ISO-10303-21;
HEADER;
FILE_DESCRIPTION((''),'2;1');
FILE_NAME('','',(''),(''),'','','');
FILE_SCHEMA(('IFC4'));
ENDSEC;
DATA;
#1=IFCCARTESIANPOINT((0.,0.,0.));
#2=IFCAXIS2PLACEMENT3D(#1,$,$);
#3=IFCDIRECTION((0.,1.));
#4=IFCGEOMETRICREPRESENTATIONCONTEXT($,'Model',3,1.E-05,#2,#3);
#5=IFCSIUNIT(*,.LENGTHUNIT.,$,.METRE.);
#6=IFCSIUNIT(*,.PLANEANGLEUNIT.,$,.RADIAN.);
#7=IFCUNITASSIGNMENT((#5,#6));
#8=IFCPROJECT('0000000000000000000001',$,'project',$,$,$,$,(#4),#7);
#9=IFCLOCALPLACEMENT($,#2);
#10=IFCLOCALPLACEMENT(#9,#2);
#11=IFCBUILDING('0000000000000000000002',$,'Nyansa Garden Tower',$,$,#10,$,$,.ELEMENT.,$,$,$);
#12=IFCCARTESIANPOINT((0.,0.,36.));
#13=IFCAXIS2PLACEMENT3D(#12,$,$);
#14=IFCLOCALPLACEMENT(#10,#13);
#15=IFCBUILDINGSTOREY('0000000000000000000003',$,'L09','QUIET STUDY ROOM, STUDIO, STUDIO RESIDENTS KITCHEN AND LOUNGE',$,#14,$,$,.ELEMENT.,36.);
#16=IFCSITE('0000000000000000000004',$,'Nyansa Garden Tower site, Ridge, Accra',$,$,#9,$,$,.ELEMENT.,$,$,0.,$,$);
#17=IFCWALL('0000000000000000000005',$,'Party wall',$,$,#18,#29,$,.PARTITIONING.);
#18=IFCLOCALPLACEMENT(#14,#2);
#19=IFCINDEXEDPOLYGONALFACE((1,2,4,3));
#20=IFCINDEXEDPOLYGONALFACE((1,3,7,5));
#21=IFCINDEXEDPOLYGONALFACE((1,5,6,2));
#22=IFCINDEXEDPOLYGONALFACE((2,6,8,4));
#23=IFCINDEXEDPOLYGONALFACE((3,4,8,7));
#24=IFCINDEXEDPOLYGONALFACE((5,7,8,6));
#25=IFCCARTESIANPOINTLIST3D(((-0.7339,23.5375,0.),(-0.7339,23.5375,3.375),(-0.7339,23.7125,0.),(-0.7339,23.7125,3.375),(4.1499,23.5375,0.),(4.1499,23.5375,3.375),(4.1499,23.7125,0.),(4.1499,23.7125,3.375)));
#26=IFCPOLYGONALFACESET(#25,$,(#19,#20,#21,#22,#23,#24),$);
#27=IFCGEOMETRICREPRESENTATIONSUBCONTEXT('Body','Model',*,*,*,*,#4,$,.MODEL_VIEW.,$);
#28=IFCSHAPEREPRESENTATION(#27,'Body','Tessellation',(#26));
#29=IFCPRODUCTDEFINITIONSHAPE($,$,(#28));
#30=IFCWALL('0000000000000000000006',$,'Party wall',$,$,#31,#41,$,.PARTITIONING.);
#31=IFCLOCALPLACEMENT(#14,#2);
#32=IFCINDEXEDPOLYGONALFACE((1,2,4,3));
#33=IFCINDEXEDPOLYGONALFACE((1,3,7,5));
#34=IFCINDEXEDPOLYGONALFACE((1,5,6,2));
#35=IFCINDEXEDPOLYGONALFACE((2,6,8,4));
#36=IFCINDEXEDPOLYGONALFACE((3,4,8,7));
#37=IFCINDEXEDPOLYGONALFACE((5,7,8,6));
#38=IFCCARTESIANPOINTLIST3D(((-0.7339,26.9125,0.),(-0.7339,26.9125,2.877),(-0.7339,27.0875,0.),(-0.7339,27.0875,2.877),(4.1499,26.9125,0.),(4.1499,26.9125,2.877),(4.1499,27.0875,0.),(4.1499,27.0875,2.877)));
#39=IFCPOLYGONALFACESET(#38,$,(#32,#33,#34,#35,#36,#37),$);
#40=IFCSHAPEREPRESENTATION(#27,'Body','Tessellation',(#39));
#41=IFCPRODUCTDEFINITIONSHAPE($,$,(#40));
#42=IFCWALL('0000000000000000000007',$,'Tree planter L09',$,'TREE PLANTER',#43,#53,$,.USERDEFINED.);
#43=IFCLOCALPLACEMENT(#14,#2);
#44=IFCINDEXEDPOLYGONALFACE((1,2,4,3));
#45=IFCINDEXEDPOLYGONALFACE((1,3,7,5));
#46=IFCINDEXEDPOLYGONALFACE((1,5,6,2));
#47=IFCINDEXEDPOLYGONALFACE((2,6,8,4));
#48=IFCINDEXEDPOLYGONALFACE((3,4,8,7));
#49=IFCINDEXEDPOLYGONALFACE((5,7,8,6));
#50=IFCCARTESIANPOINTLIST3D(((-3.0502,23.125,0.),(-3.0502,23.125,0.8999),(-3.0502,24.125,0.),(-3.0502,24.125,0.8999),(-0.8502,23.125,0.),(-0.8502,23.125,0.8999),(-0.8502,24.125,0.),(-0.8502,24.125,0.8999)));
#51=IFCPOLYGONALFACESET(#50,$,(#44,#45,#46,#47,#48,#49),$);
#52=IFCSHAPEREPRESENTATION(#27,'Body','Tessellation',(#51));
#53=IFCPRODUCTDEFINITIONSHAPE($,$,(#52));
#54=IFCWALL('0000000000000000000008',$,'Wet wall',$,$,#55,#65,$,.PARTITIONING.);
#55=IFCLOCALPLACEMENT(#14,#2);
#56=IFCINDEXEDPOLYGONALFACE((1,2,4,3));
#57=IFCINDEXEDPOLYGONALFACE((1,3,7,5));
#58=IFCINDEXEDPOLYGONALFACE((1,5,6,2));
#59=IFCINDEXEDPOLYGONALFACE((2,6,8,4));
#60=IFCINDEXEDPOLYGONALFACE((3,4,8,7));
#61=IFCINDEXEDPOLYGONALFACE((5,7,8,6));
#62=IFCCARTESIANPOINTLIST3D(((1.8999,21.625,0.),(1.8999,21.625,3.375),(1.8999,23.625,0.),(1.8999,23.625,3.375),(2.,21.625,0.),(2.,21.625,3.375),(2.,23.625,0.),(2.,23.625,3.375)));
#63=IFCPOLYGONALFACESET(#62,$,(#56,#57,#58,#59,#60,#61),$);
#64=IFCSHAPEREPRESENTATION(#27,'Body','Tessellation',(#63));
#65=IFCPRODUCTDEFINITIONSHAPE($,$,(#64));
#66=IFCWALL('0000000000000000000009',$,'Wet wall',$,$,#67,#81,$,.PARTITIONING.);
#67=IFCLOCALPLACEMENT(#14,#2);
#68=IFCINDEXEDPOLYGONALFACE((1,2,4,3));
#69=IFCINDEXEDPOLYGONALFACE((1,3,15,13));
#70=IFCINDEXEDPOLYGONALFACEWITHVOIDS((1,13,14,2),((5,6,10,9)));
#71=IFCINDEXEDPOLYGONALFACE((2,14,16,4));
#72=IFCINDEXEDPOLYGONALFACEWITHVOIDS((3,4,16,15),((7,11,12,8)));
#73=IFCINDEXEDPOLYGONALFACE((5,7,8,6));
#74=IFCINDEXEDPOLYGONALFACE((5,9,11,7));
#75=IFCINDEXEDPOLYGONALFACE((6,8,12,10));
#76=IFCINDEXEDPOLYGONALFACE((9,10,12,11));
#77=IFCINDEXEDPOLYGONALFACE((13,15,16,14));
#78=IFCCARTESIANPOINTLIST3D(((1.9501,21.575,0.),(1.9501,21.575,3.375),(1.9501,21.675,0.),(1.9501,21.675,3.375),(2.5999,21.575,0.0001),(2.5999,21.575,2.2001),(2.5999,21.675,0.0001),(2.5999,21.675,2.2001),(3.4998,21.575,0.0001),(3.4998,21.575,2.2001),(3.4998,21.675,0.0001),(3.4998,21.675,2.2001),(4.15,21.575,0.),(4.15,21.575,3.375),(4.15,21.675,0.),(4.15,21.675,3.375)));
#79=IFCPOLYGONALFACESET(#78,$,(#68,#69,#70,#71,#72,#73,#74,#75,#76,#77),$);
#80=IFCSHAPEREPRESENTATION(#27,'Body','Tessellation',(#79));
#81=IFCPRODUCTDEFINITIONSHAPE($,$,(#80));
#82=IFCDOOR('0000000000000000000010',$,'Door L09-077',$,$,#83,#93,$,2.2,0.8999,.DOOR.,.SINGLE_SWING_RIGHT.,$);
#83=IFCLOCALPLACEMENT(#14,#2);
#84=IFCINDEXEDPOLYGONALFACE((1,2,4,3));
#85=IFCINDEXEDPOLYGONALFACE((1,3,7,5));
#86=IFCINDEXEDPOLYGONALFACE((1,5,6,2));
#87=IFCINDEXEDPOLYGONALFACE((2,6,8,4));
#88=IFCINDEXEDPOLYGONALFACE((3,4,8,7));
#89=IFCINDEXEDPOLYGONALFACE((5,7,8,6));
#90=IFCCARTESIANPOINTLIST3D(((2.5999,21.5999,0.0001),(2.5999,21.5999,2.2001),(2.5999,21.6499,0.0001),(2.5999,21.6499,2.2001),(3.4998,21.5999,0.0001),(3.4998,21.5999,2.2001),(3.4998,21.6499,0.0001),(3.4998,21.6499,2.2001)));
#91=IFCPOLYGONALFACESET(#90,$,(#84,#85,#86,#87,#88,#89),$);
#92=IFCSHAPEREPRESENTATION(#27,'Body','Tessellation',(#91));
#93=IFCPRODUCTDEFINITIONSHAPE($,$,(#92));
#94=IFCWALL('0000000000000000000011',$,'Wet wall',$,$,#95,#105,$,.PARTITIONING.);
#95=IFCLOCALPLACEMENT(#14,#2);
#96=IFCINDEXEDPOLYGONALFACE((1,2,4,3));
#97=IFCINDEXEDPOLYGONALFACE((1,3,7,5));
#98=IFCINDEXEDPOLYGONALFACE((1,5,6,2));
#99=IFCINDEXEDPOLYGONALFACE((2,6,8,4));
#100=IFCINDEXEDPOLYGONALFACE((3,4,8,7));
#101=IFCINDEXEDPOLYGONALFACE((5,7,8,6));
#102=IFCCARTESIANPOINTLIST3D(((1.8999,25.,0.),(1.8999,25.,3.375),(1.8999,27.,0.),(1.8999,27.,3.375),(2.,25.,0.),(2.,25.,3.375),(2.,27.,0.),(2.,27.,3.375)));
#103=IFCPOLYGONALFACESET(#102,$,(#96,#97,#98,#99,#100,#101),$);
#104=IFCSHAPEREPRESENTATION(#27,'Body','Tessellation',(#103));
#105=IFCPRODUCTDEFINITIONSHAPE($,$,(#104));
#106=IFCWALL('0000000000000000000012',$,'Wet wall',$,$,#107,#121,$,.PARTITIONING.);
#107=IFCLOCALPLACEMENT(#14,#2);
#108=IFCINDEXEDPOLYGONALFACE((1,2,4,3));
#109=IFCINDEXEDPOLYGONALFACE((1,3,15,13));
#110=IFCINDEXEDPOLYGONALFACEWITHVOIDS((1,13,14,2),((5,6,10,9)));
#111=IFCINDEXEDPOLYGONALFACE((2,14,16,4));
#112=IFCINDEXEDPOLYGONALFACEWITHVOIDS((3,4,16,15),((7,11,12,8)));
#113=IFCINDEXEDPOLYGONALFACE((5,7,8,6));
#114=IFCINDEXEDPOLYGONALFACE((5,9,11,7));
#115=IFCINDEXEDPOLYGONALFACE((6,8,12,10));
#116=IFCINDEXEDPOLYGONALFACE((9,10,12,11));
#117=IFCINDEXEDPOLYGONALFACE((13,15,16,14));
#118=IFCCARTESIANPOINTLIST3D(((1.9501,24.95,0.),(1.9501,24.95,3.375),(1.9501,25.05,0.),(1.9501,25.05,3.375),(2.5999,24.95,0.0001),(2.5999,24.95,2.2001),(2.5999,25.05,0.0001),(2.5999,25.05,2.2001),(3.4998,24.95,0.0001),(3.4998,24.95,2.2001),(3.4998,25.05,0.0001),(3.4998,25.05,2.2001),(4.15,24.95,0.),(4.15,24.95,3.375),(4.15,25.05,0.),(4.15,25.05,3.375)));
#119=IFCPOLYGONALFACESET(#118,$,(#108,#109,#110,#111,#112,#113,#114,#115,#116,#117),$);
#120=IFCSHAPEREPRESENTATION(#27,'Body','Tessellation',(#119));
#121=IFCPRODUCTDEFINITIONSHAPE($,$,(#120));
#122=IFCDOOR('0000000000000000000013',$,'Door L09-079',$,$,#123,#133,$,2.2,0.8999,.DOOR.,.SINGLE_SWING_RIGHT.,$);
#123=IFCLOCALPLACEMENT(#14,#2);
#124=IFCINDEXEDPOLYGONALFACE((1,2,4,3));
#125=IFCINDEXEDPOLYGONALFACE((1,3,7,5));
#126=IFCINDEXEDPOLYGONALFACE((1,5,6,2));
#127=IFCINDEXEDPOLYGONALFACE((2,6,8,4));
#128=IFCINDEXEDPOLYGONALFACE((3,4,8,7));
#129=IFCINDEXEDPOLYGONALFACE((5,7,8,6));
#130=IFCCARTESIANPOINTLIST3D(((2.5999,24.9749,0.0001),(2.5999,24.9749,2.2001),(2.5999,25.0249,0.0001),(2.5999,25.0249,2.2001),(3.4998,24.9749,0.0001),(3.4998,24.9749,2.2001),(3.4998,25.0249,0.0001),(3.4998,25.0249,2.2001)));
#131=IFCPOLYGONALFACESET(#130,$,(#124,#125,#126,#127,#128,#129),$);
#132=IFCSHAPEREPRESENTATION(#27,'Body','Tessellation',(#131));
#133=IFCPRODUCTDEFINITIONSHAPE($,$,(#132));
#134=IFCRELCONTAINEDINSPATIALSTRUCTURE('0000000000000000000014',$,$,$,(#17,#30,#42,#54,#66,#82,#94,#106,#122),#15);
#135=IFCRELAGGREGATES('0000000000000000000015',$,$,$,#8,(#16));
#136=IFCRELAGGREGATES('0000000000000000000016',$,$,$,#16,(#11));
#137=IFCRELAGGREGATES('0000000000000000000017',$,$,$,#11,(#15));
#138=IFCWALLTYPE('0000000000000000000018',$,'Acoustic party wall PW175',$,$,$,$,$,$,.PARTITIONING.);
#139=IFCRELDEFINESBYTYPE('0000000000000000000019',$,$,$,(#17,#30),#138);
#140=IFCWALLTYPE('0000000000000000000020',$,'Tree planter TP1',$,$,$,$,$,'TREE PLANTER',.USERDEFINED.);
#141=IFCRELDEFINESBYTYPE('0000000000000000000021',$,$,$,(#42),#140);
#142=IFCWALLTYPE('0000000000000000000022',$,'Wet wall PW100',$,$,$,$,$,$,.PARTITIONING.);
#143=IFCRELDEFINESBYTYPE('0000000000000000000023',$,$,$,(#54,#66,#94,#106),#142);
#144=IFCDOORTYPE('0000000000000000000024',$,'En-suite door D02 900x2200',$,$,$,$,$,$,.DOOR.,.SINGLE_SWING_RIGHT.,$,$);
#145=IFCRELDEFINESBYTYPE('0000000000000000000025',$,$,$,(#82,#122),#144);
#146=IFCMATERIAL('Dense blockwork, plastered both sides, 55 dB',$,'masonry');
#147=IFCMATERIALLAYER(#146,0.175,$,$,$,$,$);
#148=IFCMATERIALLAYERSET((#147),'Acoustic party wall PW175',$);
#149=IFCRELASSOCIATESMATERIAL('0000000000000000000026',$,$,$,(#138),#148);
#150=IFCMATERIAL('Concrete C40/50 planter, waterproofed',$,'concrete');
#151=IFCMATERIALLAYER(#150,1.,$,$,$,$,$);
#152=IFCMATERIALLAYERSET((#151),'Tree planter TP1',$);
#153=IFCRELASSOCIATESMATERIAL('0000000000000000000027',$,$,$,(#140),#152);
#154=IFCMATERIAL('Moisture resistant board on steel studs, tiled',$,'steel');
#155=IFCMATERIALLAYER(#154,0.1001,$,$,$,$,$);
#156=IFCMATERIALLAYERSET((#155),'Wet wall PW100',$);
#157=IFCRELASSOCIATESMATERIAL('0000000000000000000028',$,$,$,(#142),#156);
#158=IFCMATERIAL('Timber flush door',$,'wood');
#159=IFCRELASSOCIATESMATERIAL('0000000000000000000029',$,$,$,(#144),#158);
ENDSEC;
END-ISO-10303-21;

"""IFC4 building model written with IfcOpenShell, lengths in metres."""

from ifc_helpers import new_model, si_unit, direction, frame, frame_2d, origin, place, context, subcontext, project, spatial, rectangle, extrude, material, layer, layer_set, type_object, element, fill, save


model = new_model("IFC4")

# Units and contexts
model_context = context("Model", 3, precision=1e-05, world=origin(), true_north=direction((0.0, 1.0)))
body_context = subcontext(model_context, "Body", "Model", "MODEL_VIEW")
ifc_project = project(units=[si_unit("LENGTHUNIT", "METRE"), si_unit("PLANEANGLEUNIT", "RADIAN")], contexts=[model_context])

# Site, building, storey
site_placement = place(None, origin())
site = spatial("IfcSite", under=ifc_project, at=site_placement, Name="Nyansa Garden Tower site, Ridge, Accra", CompositionType="ELEMENT", RefElevation=0.0)
building_placement = place(site_placement, origin())
building = spatial("IfcBuilding", under=site, at=building_placement, Name="Nyansa Garden Tower", CompositionType="ELEMENT")
storey_placement = place(building_placement, frame((0.0, 0.0, 36.0)))
storey = spatial("IfcBuildingStorey", under=building, at=storey_placement, Name="L09", Description="QUIET STUDY ROOM, STUDIO, STUDIO RESIDENTS KITCHEN AND LOUNGE", CompositionType="ELEMENT", Elevation=36.0)

# Walls
ifc_material_1 = material(Name="Dense blockwork, plastered both sides, 55 dB", Category="masonry")
ifc_layer_1 = layer(ifc_material_1, 0.175)
ifc_layer_set_1 = layer_set([ifc_layer_1], Name="Acoustic party wall PW175")
wall_type_1 = type_object("IfcWallType", Name="Acoustic party wall PW175", PredefinedType="PARTITIONING", material=ifc_layer_set_1)
wall_1_placement = place(storey_placement, frame((-0.7339, 23.625, 0.0), z_axis=(0.0, 0.0, 1.0), x_axis=(1.0, 0.0, 0.0)))
element("IfcWall", 1, at=wall_1_placement, inside=storey, type_object=wall_type_1, Name="Party wall", PredefinedType="PARTITIONING", context=body_context, shape_type="SweptSolid", body=[
    extrude(rectangle(XDim=4.8838, YDim=0.175, at=frame_2d((2.4419, 0.0))), origin(), (0.0, 0.0, 1.0), 3.375),
])
wall_2_placement = place(storey_placement, frame((-0.7339, 27.0, 0.0), z_axis=(0.0, 0.0, 1.0), x_axis=(1.0, 0.0, 0.0)))
element("IfcWall", 2, at=wall_2_placement, inside=storey, type_object=wall_type_1, Name="Party wall", PredefinedType="PARTITIONING", context=body_context, shape_type="SweptSolid", body=[
    extrude(rectangle(XDim=4.8838, YDim=0.175, at=frame_2d((2.4419, 0.0))), origin(), (0.0, 0.0, 1.0), 2.877),
])
ifc_material_2 = material(Name="Concrete C40/50 planter, waterproofed", Category="concrete")
ifc_layer_2 = layer(ifc_material_2, 1.0)
ifc_layer_set_2 = layer_set([ifc_layer_2], Name="Tree planter TP1")
wall_type_2 = type_object("IfcWallType", Name="Tree planter TP1", ElementType="TREE PLANTER", PredefinedType="USERDEFINED", material=ifc_layer_set_2)
wall_3_placement = place(storey_placement, frame((-0.8501, 23.625, 0.0), z_axis=(0.0, 0.0, 1.0), x_axis=(-1.0, 0.0, 0.0)))
element("IfcWall", 3, at=wall_3_placement, inside=storey, type_object=wall_type_2, Name="Tree planter L09", ObjectType="TREE PLANTER", PredefinedType="USERDEFINED", context=body_context, shape_type="SweptSolid", body=[
    extrude(rectangle(XDim=2.2, YDim=1.0, at=frame_2d((1.1001, 0.0))), origin(), (0.0, 0.0, 1.0), 0.8999),
])
ifc_material_3 = material(Name="Moisture resistant board on steel studs, tiled", Category="steel")
ifc_layer_3 = layer(ifc_material_3, 0.1001)
ifc_layer_set_3 = layer_set([ifc_layer_3], Name="Wet wall PW100")
wall_type_3 = type_object("IfcWallType", Name="Wet wall PW100", PredefinedType="PARTITIONING", material=ifc_layer_set_3)
wall_4_placement = place(storey_placement, frame((1.95, 21.625, 0.0), z_axis=(0.0, 0.0, 1.0), x_axis=(0.0, 1.0, 0.0)))
element("IfcWall", 4, at=wall_4_placement, inside=storey, type_object=wall_type_3, Name="Wet wall", PredefinedType="PARTITIONING", context=body_context, shape_type="SweptSolid", body=[
    extrude(rectangle(XDim=2.0, YDim=0.1001, at=frame_2d((1.0, 0.0))), origin(), (0.0, 0.0, 1.0), 3.375),
])

# Wall, opening, door
wall_5_placement = place(storey_placement, frame((1.95, 21.625, 0.0), z_axis=(0.0, 0.0, 1.0), x_axis=(1.0, 0.0, 0.0)))
wall_5 = element("IfcWall", 5, at=wall_5_placement, inside=storey, type_object=wall_type_3, Name="Wet wall", PredefinedType="PARTITIONING", context=body_context, shape_type="SweptSolid", body=[
    extrude(rectangle(XDim=2.2, YDim=0.1001, at=frame_2d((1.1001, 0.0))), origin(), (0.0, 0.0, 1.0), 3.375),
])
opening_1_placement = place(wall_5_placement, frame((0.6499, 0.0, 0.0)))
opening_1 = element("IfcOpeningElement", 6, at=opening_1_placement, cuts=wall_5, PredefinedType="OPENING", context=body_context, shape_type="SweptSolid", body=[
    extrude(rectangle(XDim=0.8999, YDim=2.2, at=frame_2d((0.45, 1.1001))), frame((0.0, 0.0601, 0.0), z_axis=(0.0, -1.0, 0.0), x_axis=(1.0, 0.0, 0.0)), (0.0, 0.0, 1.0), 0.1201),
])
ifc_material_4 = material(Name="Timber flush door", Category="wood")
door_type = type_object("IfcDoorType", Name="En-suite door D02 900x2200", OperationType="SINGLE_SWING_RIGHT", PredefinedType="DOOR", material=ifc_material_4)
door_1_placement = place(opening_1_placement, origin())
door_1 = element("IfcDoor", 7, at=door_1_placement, inside=storey, type_object=door_type, Name="Door L09-077", OperationType="SINGLE_SWING_RIGHT", OverallHeight=2.2, OverallWidth=0.8999, PredefinedType="DOOR", context=body_context, shape_type="SweptSolid", body=[
    extrude(rectangle(XDim=0.8999, YDim=2.2, at=frame_2d((0.45, 1.1001))), frame((0.0, 0.0249, 0.0), z_axis=(0.0, -1.0, 0.0), x_axis=(1.0, 0.0, 0.0)), (0.0, 0.0, 1.0), 0.05),
])
fill(opening_1, door_1)

# Wall
wall_6_placement = place(storey_placement, frame((1.95, 25.0, 0.0), z_axis=(0.0, 0.0, 1.0), x_axis=(0.0, 1.0, 0.0)))
element("IfcWall", 8, at=wall_6_placement, inside=storey, type_object=wall_type_3, Name="Wet wall", PredefinedType="PARTITIONING", context=body_context, shape_type="SweptSolid", body=[
    extrude(rectangle(XDim=2.0, YDim=0.1001, at=frame_2d((1.0, 0.0))), origin(), (0.0, 0.0, 1.0), 3.375),
])

# Wall, opening, door
wall_7_placement = place(storey_placement, frame((1.95, 25.0, 0.0), z_axis=(0.0, 0.0, 1.0), x_axis=(1.0, 0.0, 0.0)))
wall_7 = element("IfcWall", 9, at=wall_7_placement, inside=storey, type_object=wall_type_3, Name="Wet wall", PredefinedType="PARTITIONING", context=body_context, shape_type="SweptSolid", body=[
    extrude(rectangle(XDim=2.2, YDim=0.1001, at=frame_2d((1.1001, 0.0))), origin(), (0.0, 0.0, 1.0), 3.375),
])
opening_2_placement = place(wall_7_placement, frame((0.6499, 0.0, 0.0)))
opening_2 = element("IfcOpeningElement", 10, at=opening_2_placement, cuts=wall_7, PredefinedType="OPENING", context=body_context, shape_type="SweptSolid", body=[
    extrude(rectangle(XDim=0.8999, YDim=2.2, at=frame_2d((0.45, 1.1001))), frame((0.0, 0.0601, 0.0), z_axis=(0.0, -1.0, 0.0), x_axis=(1.0, 0.0, 0.0)), (0.0, 0.0, 1.0), 0.1201),
])
door_2_placement = place(opening_2_placement, origin())
door_2 = element("IfcDoor", 11, at=door_2_placement, inside=storey, type_object=door_type, Name="Door L09-079", OperationType="SINGLE_SWING_RIGHT", OverallHeight=2.2, OverallWidth=0.8999, PredefinedType="DOOR", context=body_context, shape_type="SweptSolid", body=[
    extrude(rectangle(XDim=0.8999, YDim=2.2, at=frame_2d((0.45, 1.1001))), frame((0.0, 0.0249, 0.0), z_axis=(0.0, -1.0, 0.0), x_axis=(1.0, 0.0, 0.0)), (0.0, 0.0, 1.0), 0.05),
])
fill(opening_2, door_2)

save(model, "model.ifc")
